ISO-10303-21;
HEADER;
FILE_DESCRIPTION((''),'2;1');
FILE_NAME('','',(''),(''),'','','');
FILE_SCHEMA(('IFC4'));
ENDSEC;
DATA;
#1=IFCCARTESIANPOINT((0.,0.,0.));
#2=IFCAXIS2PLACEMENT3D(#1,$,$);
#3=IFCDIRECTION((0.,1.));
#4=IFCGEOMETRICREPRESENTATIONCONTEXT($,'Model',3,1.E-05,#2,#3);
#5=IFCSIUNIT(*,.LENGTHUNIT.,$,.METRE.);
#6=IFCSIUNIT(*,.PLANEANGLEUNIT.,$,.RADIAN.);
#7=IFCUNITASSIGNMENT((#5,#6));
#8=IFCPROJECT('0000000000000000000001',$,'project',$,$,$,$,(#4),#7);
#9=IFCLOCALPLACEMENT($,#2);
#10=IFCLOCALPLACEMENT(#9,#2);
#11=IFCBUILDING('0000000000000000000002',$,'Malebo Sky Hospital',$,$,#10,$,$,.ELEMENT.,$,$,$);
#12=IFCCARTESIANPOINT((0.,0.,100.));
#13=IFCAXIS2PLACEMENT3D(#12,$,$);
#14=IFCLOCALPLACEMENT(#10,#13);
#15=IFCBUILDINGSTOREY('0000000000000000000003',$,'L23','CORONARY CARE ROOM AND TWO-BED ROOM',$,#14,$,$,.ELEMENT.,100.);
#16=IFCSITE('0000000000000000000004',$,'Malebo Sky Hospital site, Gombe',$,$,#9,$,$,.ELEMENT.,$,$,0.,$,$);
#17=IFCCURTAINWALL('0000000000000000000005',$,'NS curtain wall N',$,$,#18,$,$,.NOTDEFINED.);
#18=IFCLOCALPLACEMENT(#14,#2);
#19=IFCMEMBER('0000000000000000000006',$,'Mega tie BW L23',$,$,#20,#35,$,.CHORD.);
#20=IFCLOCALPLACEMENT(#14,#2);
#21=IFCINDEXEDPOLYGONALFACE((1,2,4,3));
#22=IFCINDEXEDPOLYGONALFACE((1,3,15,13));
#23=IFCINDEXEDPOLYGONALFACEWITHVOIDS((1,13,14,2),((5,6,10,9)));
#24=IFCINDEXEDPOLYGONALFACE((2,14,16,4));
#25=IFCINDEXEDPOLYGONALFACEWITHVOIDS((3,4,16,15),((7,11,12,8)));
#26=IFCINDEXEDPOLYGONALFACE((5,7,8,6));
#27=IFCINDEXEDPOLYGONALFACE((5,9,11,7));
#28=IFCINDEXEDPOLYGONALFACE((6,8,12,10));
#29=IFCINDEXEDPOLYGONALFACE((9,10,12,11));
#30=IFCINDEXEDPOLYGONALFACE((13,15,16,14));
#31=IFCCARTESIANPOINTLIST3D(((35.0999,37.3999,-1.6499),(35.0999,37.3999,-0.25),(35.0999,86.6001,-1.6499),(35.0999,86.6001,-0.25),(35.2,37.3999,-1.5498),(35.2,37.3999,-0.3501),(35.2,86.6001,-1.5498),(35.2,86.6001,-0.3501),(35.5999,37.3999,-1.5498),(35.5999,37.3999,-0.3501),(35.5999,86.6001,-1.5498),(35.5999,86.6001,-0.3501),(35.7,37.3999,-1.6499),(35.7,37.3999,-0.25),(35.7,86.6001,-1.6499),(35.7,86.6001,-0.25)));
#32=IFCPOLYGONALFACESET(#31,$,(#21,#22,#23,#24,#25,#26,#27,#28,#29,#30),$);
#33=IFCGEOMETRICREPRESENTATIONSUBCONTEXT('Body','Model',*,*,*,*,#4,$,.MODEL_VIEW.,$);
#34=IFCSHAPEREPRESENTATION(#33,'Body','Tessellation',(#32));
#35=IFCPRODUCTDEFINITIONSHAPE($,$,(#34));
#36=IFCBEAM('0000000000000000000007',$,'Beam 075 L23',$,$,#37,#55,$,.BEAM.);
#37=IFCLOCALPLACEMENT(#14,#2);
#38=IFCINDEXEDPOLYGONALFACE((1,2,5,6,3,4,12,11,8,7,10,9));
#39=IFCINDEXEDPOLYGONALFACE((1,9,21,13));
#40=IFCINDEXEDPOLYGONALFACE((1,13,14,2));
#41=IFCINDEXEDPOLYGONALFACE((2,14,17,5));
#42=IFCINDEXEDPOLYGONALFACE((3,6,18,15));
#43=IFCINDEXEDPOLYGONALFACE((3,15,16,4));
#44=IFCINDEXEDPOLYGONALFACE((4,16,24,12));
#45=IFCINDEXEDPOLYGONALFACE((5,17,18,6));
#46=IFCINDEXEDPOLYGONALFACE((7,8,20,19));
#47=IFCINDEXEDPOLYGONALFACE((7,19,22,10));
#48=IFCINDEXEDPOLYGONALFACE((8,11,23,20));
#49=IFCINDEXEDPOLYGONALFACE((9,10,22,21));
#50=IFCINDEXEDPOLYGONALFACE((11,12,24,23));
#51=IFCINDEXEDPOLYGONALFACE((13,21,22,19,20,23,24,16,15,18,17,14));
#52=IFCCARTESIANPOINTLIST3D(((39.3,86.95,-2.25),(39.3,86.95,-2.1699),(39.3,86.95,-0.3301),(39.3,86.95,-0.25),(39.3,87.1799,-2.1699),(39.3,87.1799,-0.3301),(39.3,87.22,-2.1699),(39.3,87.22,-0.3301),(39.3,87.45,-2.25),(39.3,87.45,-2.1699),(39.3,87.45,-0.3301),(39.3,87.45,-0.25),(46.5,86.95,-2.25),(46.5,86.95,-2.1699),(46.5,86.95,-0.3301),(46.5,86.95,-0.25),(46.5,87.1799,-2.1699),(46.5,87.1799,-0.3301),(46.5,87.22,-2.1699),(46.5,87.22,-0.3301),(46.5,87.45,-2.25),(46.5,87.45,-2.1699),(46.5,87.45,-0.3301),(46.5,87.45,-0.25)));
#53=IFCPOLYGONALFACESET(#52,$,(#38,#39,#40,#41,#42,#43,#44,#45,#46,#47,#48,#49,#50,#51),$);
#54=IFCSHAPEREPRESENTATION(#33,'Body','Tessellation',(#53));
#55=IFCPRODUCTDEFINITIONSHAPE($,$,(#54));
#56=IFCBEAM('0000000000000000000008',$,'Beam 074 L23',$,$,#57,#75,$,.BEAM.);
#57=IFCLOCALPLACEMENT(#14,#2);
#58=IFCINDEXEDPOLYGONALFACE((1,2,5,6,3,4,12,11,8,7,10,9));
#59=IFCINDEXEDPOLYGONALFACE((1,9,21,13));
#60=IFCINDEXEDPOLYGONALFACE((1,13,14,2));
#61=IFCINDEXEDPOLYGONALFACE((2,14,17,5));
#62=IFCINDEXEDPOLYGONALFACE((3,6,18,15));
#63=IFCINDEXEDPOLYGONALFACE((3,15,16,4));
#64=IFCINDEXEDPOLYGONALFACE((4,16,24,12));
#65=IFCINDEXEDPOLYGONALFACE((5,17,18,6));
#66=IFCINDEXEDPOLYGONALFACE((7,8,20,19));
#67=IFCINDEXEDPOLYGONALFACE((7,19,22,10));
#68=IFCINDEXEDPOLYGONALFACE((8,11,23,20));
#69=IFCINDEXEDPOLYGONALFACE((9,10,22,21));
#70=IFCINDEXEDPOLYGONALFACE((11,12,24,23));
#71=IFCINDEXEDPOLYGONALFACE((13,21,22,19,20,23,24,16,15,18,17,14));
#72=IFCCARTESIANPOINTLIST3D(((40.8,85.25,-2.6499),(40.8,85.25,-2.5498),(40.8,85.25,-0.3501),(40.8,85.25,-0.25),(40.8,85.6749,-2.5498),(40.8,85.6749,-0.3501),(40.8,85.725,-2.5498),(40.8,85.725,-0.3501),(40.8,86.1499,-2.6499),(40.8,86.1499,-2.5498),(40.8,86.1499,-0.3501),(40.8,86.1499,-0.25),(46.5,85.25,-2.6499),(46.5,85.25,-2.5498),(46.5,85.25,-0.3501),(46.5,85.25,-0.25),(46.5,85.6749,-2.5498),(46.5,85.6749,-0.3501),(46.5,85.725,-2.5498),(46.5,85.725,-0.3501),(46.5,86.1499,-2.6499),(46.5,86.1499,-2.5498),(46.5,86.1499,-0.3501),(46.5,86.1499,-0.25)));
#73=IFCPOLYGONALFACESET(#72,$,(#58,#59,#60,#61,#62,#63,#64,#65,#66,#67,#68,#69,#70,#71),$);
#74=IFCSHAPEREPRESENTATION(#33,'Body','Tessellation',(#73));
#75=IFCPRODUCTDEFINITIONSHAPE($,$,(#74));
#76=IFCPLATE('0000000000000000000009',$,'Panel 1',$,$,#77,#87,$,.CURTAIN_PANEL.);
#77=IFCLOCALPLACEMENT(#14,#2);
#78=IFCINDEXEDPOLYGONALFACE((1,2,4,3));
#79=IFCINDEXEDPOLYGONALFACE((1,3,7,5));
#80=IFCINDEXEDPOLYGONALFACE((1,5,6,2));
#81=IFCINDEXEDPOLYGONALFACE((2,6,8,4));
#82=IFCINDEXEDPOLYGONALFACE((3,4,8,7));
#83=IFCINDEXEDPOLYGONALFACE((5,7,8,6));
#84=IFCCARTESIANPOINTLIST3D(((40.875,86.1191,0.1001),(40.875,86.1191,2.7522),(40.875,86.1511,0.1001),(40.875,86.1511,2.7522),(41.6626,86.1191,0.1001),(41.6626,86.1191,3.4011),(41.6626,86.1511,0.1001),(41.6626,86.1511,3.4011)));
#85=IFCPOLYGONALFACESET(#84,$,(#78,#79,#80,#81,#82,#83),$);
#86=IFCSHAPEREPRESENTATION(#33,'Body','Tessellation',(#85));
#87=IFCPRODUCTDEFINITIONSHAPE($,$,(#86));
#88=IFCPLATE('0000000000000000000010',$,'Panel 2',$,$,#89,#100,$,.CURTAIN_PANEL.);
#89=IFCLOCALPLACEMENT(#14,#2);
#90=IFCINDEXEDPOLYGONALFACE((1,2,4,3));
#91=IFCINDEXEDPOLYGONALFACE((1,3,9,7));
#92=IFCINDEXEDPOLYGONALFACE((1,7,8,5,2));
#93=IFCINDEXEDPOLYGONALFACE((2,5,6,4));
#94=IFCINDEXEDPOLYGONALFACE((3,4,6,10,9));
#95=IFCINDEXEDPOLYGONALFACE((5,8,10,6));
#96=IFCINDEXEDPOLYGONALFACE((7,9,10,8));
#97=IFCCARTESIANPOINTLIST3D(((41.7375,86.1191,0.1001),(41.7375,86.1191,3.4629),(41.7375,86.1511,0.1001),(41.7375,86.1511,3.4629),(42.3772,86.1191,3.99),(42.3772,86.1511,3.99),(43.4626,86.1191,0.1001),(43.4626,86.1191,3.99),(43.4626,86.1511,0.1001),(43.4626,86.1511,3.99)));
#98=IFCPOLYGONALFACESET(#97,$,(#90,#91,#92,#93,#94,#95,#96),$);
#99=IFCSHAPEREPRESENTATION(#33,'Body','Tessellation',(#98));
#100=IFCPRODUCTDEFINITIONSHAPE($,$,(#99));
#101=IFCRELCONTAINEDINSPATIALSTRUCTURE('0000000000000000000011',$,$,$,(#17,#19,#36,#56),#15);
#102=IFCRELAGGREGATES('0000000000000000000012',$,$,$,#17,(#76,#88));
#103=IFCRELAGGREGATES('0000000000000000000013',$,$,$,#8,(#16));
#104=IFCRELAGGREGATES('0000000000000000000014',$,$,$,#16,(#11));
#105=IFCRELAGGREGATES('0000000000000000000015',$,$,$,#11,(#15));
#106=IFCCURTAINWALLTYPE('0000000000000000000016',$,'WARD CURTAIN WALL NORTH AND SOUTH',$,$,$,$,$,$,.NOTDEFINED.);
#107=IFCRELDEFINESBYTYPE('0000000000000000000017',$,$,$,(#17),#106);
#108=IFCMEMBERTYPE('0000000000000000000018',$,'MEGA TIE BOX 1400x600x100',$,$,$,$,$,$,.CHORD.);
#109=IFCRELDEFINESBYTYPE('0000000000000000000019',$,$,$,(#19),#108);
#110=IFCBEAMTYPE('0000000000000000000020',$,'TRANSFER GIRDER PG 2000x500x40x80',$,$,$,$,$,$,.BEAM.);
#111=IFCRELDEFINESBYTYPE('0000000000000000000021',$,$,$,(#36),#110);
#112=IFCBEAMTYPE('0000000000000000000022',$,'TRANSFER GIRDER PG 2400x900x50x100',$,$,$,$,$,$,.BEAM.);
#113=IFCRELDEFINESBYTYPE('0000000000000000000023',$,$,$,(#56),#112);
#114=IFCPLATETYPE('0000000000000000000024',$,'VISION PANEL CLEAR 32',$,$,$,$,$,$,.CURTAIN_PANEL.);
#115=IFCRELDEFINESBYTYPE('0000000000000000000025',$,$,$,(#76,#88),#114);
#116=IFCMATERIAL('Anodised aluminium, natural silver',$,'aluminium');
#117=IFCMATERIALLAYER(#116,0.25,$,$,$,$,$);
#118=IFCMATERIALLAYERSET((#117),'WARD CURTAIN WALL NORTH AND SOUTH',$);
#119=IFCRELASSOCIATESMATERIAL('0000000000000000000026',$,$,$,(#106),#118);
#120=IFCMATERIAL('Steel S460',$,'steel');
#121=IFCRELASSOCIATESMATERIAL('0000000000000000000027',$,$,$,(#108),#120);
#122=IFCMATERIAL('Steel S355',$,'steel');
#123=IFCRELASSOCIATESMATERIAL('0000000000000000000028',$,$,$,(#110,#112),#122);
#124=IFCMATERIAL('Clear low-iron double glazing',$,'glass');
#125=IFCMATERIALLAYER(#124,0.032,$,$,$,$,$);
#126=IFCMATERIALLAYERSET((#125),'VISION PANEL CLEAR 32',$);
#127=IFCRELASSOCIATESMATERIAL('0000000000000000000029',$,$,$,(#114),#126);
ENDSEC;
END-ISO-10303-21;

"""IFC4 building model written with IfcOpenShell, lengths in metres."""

from ifc_helpers import new_model, si_unit, direction, frame, origin, origin_2d, place, context, subcontext, project, spatial, polyline, hollow_rectangle, i_section, outline, extrude, material, layer, layer_set, material_profile, profile_set, type_object, element, aggregate, save


model = new_model("IFC4")

# Units and contexts
model_context = context("Model", 3, precision=1e-05, world=origin(), true_north=direction((0.0, 1.0)))
body_context = subcontext(model_context, "Body", "Model", "MODEL_VIEW")
ifc_project = project(units=[si_unit("LENGTHUNIT", "METRE"), si_unit("PLANEANGLEUNIT", "RADIAN")], contexts=[model_context])

# Site, building, storey
site_placement = place(None, origin())
site = spatial("IfcSite", under=ifc_project, at=site_placement, Name="Malebo Sky Hospital site, Gombe", CompositionType="ELEMENT", RefElevation=0.0)
building_placement = place(site_placement, origin())
building = spatial("IfcBuilding", under=site, at=building_placement, Name="Malebo Sky Hospital", CompositionType="ELEMENT")
storey_placement = place(building_placement, frame((0.0, 0.0, 100.0)))
storey = spatial("IfcBuildingStorey", under=building, at=storey_placement, Name="L23", Description="CORONARY CARE ROOM AND TWO-BED ROOM", CompositionType="ELEMENT", Elevation=100.0)

# Shared definitions
ifc_material_1 = material(Name="Steel S460", Category="steel")

# Curtain wall
ifc_material_2 = material(Name="Anodised aluminium, natural silver", Category="aluminium")
ifc_layer_1 = layer(ifc_material_2, 0.25)
ifc_layer_set_1 = layer_set([ifc_layer_1], Name="WARD CURTAIN WALL NORTH AND SOUTH")
curtain_wall_type = type_object("IfcCurtainWallType", Name="WARD CURTAIN WALL NORTH AND SOUTH", PredefinedType="NOTDEFINED", material=ifc_layer_set_1)
curtain_wall_placement = place(storey_placement, origin())
curtain_wall = element("IfcCurtainWall", 1, at=curtain_wall_placement, inside=storey, type_object=curtain_wall_type, Name="NS curtain wall N", PredefinedType="NOTDEFINED")

# Member
ifc_material_profile_1 = material_profile(ifc_material_1, hollow_rectangle(XDim=0.6001, YDim=1.3999, WallThickness=0.1001, at=origin_2d()), Name="BOX 1400x600x100")
ifc_profile_set_1 = profile_set([ifc_material_profile_1], Name="Steel S460")
member_type_1 = type_object("IfcMemberType", Name="MEGA TIE BOX 1400x600x100", PredefinedType="CHORD", material=ifc_profile_set_1)
member_1_placement = place(storey_placement, frame((35.3999, 86.6001, -0.95), z_axis=(0.0, -1.0, 0.0), x_axis=(1.0, 0.0, 0.0)))
element("IfcMember", 2, at=member_1_placement, inside=storey, type_object=member_type_1, Name="Mega tie BW L23", PredefinedType="CHORD", context=body_context, shape_type="SweptSolid", body=[
    extrude(hollow_rectangle(XDim=0.6001, YDim=1.3999, WallThickness=0.1001, at=origin_2d()), origin(), (0.0, 0.0, 1.0), 49.2002),
])

# Beams
ifc_material_3 = material(Name="Steel S355", Category="steel")
ifc_material_profile_2 = material_profile(ifc_material_3, i_section(OverallWidth=0.5, OverallDepth=2.0, WebThickness=0.04, FlangeThickness=0.0801, at=origin_2d()), Name="PG 2000x500x40x80")
ifc_profile_set_2 = profile_set([ifc_material_profile_2], Name="Steel S355")
beam_type_1 = type_object("IfcBeamType", Name="TRANSFER GIRDER PG 2000x500x40x80", PredefinedType="BEAM", material=ifc_profile_set_2)
beam_1_placement = place(storey_placement, frame((39.3, 87.2, -1.25), z_axis=(1.0, 0.0, 0.0), x_axis=(0.0, 1.0, 0.0)))
element("IfcBeam", 3, at=beam_1_placement, inside=storey, type_object=beam_type_1, Name="Beam 075 L23", PredefinedType="BEAM", context=body_context, shape_type="SweptSolid", body=[
    extrude(i_section(OverallWidth=0.5, OverallDepth=2.0, WebThickness=0.04, FlangeThickness=0.0801, at=origin_2d()), origin(), (0.0, 0.0, 1.0), 7.2),
])
ifc_material_profile_3 = material_profile(ifc_material_3, i_section(OverallWidth=0.8999, OverallDepth=2.3999, WebThickness=0.05, FlangeThickness=0.1001, at=origin_2d()), Name="PG 2400x900x50x100")
ifc_profile_set_3 = profile_set([ifc_material_profile_3], Name="Steel S355")
beam_type_2 = type_object("IfcBeamType", Name="TRANSFER GIRDER PG 2400x900x50x100", PredefinedType="BEAM", material=ifc_profile_set_3)
beam_2_placement = place(storey_placement, frame((40.8, 85.7, -1.45), z_axis=(1.0, 0.0, 0.0), x_axis=(0.0, 1.0, 0.0)))
element("IfcBeam", 4, at=beam_2_placement, inside=storey, type_object=beam_type_2, Name="Beam 074 L23", PredefinedType="BEAM", context=body_context, shape_type="SweptSolid", body=[
    extrude(i_section(OverallWidth=0.8999, OverallDepth=2.3999, WebThickness=0.05, FlangeThickness=0.1001, at=origin_2d()), origin(), (0.0, 0.0, 1.0), 5.7),
])

# Plates
ifc_material_4 = material(Name="Clear low-iron double glazing", Category="glass")
ifc_layer_2 = layer(ifc_material_4, 0.032)
ifc_layer_set_2 = layer_set([ifc_layer_2], Name="VISION PANEL CLEAR 32")
plate_type = type_object("IfcPlateType", Name="VISION PANEL CLEAR 32", PredefinedType="CURTAIN_PANEL", material=ifc_layer_set_2)
plate_1_placement = place(storey_placement, frame((41.2688, 86.135, 0.1001), z_axis=(0.0, 0.0, 1.0), x_axis=(1.0, 0.0, 0.0)))
plate_1 = element("IfcPlate", 5, at=plate_1_placement, type_object=plate_type, Name="Panel 1", PredefinedType="CURTAIN_PANEL", context=body_context, shape_type="SweptSolid", body=[
    extrude(outline(polyline([(-0.3938, 0.0), (0.3938, 0.0), (0.3938, 3.301), (-0.3938, 2.6521), (-0.3938, 0.0)])), frame((0.0, 0.0161, 0.0), z_axis=(0.0, -1.0, 0.0), x_axis=(1.0, 0.0, 0.0)), (0.0, 0.0, 1.0), 0.032),
])
plate_2_placement = place(storey_placement, frame((42.6001, 86.135, 0.1001), z_axis=(0.0, 0.0, 1.0), x_axis=(1.0, 0.0, 0.0)))
plate_2 = element("IfcPlate", 6, at=plate_2_placement, type_object=plate_type, Name="Panel 2", PredefinedType="CURTAIN_PANEL", context=body_context, shape_type="SweptSolid", body=[
    extrude(outline(polyline([(-0.8625, 0.0), (0.8625, 0.0), (0.8625, 3.8899), (-0.2229, 3.8899), (-0.8625, 3.3628), (-0.8625, 0.0)])), frame((0.0, 0.0161, 0.0), z_axis=(0.0, -1.0, 0.0), x_axis=(1.0, 0.0, 0.0)), (0.0, 0.0, 1.0), 0.032),
])
aggregate(curtain_wall, [plate_1, plate_2])

save(model, "model.ifc")
